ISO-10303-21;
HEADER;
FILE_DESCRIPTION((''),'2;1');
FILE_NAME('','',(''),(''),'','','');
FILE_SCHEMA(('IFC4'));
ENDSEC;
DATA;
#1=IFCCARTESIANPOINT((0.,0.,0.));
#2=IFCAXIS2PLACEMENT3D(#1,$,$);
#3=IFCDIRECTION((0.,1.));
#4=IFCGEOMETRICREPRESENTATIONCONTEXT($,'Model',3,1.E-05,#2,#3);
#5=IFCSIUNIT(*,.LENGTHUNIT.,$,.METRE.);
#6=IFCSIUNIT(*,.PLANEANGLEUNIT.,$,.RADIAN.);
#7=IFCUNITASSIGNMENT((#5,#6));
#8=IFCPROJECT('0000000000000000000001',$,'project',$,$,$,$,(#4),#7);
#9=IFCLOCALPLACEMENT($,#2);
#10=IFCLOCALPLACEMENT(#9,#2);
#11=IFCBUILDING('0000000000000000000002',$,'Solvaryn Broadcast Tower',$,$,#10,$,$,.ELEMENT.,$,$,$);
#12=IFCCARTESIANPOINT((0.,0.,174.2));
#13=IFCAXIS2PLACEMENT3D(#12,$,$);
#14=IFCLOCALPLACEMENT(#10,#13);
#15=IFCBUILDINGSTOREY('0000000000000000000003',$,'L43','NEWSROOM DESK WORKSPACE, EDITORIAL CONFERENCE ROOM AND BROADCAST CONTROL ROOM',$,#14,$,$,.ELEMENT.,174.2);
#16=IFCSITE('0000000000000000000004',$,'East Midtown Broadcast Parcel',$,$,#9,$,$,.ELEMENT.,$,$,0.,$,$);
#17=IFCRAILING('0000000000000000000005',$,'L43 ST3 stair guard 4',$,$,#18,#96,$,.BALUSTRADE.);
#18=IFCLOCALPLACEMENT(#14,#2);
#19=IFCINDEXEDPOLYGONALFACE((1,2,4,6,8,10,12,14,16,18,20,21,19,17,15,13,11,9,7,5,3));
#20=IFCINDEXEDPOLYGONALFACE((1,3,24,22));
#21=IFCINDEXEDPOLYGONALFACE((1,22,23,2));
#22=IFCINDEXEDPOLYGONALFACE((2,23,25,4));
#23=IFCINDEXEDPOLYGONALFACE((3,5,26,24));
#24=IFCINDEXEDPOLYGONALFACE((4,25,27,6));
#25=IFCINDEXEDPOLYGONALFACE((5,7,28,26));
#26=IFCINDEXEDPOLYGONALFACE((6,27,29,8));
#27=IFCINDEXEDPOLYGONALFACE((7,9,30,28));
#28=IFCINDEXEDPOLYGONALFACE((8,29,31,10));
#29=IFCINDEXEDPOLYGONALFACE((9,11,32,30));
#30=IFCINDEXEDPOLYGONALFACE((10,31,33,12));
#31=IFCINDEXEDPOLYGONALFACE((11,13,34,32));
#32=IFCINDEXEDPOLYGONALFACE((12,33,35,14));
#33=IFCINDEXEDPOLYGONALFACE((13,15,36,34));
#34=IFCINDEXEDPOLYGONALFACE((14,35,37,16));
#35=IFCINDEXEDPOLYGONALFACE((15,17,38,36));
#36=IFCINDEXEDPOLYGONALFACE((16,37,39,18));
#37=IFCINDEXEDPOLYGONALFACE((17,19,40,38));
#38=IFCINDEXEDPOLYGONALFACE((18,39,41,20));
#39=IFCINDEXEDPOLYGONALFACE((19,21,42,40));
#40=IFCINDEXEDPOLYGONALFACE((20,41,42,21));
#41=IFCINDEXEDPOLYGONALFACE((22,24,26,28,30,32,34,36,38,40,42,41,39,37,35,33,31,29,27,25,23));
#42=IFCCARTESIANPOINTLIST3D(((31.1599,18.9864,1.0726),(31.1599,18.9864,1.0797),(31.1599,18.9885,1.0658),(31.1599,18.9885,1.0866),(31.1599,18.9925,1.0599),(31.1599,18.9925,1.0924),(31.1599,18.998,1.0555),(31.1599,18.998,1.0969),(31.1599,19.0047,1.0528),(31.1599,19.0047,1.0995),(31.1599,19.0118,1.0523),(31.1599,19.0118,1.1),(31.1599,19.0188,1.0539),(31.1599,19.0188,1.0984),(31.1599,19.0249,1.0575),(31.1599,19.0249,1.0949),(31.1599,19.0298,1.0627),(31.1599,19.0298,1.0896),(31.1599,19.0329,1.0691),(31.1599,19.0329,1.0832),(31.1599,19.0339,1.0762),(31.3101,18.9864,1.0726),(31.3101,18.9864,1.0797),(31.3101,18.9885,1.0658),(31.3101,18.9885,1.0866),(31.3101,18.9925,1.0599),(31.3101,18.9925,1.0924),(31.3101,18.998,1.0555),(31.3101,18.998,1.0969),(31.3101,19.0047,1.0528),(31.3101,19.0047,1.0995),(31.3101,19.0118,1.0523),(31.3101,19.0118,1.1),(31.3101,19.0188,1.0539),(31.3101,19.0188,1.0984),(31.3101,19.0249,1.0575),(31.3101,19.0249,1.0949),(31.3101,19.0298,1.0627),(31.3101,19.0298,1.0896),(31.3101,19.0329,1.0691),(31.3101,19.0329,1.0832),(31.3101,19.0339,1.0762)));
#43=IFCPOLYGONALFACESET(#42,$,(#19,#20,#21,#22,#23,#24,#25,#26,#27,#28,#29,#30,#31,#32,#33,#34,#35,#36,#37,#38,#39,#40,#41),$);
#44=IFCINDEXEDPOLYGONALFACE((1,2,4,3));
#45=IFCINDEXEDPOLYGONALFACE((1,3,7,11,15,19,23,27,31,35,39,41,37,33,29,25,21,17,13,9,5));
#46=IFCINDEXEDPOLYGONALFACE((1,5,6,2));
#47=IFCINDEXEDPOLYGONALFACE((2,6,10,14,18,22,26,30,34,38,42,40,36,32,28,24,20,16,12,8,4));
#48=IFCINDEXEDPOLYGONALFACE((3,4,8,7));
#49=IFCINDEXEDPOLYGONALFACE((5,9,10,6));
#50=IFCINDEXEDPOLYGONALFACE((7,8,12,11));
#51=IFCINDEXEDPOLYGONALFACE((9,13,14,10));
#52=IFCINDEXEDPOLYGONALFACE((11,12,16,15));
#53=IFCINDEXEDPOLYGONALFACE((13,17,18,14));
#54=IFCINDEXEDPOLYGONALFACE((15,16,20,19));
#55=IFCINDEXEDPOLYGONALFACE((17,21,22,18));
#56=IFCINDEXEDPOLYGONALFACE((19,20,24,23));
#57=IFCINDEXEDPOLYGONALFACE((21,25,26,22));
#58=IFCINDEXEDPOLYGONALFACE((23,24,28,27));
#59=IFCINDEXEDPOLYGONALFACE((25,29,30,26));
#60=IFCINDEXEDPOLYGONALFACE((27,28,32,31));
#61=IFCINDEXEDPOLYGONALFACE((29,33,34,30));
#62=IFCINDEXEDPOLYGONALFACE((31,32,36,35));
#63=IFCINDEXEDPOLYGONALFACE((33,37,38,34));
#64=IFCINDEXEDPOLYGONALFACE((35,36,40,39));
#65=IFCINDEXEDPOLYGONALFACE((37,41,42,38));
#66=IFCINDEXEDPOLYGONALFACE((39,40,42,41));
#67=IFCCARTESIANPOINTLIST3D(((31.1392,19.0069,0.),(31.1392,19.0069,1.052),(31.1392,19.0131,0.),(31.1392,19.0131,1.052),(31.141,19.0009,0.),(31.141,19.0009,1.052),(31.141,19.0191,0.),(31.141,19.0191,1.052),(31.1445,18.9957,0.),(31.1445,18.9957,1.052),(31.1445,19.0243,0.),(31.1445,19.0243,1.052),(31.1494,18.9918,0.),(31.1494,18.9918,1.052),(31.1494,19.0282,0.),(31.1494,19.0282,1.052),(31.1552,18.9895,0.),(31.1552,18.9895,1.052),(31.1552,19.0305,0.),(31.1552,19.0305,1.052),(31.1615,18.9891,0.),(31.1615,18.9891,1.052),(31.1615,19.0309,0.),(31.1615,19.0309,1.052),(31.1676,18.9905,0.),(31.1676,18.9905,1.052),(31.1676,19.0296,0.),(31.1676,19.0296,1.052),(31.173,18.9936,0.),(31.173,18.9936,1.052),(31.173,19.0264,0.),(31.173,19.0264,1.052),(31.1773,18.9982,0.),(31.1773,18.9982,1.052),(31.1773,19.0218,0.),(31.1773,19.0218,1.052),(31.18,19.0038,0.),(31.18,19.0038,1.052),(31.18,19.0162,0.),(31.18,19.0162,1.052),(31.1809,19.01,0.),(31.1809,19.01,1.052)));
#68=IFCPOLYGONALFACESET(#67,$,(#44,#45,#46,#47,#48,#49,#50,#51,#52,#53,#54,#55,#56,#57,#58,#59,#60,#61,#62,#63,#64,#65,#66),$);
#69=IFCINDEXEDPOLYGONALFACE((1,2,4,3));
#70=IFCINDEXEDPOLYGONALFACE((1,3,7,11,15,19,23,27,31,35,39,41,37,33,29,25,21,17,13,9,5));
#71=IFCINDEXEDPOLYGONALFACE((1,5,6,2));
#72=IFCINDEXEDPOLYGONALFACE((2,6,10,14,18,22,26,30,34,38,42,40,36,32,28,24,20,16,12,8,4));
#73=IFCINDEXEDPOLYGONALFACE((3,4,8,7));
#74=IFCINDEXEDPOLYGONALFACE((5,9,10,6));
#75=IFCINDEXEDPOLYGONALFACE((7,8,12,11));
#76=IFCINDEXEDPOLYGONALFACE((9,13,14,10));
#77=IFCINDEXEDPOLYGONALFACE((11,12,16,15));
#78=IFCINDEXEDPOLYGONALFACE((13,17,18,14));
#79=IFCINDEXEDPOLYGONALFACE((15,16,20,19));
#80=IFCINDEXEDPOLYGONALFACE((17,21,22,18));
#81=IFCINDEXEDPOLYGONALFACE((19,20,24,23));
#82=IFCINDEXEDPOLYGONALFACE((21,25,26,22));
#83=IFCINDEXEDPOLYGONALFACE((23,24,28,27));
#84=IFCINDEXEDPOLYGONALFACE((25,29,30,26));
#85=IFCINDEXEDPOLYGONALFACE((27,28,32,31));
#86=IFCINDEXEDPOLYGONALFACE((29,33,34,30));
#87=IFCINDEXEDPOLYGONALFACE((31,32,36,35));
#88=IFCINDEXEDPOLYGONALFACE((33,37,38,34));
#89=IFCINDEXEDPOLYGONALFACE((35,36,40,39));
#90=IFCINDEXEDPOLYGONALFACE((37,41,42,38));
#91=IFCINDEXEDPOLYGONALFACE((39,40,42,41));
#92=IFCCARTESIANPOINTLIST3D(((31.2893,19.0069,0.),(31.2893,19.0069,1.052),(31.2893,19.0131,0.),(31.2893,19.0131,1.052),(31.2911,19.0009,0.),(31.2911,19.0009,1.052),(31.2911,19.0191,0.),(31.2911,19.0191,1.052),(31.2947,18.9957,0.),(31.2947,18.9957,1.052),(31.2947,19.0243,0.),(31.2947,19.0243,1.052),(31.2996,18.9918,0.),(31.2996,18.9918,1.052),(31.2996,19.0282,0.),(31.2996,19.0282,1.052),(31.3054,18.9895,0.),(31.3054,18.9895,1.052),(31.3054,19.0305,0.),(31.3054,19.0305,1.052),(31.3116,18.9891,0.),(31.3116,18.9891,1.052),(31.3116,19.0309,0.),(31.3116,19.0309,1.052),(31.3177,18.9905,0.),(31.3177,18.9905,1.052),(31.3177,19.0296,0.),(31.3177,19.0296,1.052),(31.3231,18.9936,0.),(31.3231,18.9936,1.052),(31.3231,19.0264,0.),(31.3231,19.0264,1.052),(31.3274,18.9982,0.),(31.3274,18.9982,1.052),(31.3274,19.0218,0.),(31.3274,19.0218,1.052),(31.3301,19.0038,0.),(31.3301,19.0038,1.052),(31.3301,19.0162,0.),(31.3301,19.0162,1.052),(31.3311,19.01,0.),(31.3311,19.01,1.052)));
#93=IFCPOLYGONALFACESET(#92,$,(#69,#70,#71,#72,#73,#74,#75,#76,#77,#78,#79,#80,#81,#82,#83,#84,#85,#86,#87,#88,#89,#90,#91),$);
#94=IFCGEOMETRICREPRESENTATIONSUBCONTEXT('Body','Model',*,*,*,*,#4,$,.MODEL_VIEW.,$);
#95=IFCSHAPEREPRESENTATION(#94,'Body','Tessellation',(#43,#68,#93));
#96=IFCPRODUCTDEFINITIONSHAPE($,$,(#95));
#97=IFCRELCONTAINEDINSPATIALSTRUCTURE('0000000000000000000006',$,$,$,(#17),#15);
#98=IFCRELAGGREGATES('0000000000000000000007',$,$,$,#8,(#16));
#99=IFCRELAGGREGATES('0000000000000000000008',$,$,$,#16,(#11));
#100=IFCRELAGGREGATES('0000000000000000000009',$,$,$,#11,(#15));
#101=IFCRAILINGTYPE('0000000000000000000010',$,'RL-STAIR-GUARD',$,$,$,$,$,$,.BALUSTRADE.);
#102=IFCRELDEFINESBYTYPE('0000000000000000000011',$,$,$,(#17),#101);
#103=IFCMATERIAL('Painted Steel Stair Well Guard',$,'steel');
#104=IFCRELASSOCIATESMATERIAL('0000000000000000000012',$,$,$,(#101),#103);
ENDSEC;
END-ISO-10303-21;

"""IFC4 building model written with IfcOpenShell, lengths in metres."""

from ifc_helpers import new_model, si_unit, direction, frame, origin, origin_2d, place, context, subcontext, project, spatial, circle, extrude, material, type_object, element, save


model = new_model("IFC4")

# Units and contexts
model_context = context("Model", 3, precision=1e-05, world=origin(), true_north=direction((0.0, 1.0)))
body_context = subcontext(model_context, "Body", "Model", "MODEL_VIEW")
ifc_project = project(units=[si_unit("LENGTHUNIT", "METRE"), si_unit("PLANEANGLEUNIT", "RADIAN")], contexts=[model_context])

# Site, building, storey
site_placement = place(None, origin())
site = spatial("IfcSite", under=ifc_project, at=site_placement, Name="East Midtown Broadcast Parcel", CompositionType="ELEMENT", RefElevation=0.0)
building_placement = place(site_placement, origin())
building = spatial("IfcBuilding", under=site, at=building_placement, Name="Solvaryn Broadcast Tower", CompositionType="ELEMENT")
storey_placement = place(building_placement, frame((0.0, 0.0, 174.2)))
storey = spatial("IfcBuildingStorey", under=building, at=storey_placement, Name="L43", Description="NEWSROOM DESK WORKSPACE, EDITORIAL CONFERENCE ROOM AND BROADCAST CONTROL ROOM", CompositionType="ELEMENT", Elevation=174.2)

# Railing
ifc_material_1 = material(Name="Painted Steel Stair Well Guard", Category="steel")
railing_type_1 = type_object("IfcRailingType", Name="RL-STAIR-GUARD", PredefinedType="BALUSTRADE", material=ifc_material_1)
railing_1_placement = place(storey_placement, frame((31.1599, 19.01, 0.0)))
element("IfcRailing", 1, at=railing_1_placement, inside=storey, type_object=railing_type_1, Name="L43 ST3 stair guard 4", PredefinedType="BALUSTRADE", context=body_context, shape_type="SweptSolid", body=[
    extrude(circle(Radius=0.0239, at=origin_2d()), frame((0.0, 0.0, 1.0762), z_axis=(1.0, 0.0, 0.0), x_axis=(0.0, 1.0, 0.0)), (0.0, 0.0, 1.0), 0.1501),
    extrude(circle(Radius=0.021, at=origin_2d()), origin(), (0.0, 0.0, 1.0), 1.052),
    extrude(circle(Radius=0.021, at=origin_2d()), frame((0.1501, 0.0, 0.0)), (0.0, 0.0, 1.0), 1.052),
])

save(model, "model.ifc")
